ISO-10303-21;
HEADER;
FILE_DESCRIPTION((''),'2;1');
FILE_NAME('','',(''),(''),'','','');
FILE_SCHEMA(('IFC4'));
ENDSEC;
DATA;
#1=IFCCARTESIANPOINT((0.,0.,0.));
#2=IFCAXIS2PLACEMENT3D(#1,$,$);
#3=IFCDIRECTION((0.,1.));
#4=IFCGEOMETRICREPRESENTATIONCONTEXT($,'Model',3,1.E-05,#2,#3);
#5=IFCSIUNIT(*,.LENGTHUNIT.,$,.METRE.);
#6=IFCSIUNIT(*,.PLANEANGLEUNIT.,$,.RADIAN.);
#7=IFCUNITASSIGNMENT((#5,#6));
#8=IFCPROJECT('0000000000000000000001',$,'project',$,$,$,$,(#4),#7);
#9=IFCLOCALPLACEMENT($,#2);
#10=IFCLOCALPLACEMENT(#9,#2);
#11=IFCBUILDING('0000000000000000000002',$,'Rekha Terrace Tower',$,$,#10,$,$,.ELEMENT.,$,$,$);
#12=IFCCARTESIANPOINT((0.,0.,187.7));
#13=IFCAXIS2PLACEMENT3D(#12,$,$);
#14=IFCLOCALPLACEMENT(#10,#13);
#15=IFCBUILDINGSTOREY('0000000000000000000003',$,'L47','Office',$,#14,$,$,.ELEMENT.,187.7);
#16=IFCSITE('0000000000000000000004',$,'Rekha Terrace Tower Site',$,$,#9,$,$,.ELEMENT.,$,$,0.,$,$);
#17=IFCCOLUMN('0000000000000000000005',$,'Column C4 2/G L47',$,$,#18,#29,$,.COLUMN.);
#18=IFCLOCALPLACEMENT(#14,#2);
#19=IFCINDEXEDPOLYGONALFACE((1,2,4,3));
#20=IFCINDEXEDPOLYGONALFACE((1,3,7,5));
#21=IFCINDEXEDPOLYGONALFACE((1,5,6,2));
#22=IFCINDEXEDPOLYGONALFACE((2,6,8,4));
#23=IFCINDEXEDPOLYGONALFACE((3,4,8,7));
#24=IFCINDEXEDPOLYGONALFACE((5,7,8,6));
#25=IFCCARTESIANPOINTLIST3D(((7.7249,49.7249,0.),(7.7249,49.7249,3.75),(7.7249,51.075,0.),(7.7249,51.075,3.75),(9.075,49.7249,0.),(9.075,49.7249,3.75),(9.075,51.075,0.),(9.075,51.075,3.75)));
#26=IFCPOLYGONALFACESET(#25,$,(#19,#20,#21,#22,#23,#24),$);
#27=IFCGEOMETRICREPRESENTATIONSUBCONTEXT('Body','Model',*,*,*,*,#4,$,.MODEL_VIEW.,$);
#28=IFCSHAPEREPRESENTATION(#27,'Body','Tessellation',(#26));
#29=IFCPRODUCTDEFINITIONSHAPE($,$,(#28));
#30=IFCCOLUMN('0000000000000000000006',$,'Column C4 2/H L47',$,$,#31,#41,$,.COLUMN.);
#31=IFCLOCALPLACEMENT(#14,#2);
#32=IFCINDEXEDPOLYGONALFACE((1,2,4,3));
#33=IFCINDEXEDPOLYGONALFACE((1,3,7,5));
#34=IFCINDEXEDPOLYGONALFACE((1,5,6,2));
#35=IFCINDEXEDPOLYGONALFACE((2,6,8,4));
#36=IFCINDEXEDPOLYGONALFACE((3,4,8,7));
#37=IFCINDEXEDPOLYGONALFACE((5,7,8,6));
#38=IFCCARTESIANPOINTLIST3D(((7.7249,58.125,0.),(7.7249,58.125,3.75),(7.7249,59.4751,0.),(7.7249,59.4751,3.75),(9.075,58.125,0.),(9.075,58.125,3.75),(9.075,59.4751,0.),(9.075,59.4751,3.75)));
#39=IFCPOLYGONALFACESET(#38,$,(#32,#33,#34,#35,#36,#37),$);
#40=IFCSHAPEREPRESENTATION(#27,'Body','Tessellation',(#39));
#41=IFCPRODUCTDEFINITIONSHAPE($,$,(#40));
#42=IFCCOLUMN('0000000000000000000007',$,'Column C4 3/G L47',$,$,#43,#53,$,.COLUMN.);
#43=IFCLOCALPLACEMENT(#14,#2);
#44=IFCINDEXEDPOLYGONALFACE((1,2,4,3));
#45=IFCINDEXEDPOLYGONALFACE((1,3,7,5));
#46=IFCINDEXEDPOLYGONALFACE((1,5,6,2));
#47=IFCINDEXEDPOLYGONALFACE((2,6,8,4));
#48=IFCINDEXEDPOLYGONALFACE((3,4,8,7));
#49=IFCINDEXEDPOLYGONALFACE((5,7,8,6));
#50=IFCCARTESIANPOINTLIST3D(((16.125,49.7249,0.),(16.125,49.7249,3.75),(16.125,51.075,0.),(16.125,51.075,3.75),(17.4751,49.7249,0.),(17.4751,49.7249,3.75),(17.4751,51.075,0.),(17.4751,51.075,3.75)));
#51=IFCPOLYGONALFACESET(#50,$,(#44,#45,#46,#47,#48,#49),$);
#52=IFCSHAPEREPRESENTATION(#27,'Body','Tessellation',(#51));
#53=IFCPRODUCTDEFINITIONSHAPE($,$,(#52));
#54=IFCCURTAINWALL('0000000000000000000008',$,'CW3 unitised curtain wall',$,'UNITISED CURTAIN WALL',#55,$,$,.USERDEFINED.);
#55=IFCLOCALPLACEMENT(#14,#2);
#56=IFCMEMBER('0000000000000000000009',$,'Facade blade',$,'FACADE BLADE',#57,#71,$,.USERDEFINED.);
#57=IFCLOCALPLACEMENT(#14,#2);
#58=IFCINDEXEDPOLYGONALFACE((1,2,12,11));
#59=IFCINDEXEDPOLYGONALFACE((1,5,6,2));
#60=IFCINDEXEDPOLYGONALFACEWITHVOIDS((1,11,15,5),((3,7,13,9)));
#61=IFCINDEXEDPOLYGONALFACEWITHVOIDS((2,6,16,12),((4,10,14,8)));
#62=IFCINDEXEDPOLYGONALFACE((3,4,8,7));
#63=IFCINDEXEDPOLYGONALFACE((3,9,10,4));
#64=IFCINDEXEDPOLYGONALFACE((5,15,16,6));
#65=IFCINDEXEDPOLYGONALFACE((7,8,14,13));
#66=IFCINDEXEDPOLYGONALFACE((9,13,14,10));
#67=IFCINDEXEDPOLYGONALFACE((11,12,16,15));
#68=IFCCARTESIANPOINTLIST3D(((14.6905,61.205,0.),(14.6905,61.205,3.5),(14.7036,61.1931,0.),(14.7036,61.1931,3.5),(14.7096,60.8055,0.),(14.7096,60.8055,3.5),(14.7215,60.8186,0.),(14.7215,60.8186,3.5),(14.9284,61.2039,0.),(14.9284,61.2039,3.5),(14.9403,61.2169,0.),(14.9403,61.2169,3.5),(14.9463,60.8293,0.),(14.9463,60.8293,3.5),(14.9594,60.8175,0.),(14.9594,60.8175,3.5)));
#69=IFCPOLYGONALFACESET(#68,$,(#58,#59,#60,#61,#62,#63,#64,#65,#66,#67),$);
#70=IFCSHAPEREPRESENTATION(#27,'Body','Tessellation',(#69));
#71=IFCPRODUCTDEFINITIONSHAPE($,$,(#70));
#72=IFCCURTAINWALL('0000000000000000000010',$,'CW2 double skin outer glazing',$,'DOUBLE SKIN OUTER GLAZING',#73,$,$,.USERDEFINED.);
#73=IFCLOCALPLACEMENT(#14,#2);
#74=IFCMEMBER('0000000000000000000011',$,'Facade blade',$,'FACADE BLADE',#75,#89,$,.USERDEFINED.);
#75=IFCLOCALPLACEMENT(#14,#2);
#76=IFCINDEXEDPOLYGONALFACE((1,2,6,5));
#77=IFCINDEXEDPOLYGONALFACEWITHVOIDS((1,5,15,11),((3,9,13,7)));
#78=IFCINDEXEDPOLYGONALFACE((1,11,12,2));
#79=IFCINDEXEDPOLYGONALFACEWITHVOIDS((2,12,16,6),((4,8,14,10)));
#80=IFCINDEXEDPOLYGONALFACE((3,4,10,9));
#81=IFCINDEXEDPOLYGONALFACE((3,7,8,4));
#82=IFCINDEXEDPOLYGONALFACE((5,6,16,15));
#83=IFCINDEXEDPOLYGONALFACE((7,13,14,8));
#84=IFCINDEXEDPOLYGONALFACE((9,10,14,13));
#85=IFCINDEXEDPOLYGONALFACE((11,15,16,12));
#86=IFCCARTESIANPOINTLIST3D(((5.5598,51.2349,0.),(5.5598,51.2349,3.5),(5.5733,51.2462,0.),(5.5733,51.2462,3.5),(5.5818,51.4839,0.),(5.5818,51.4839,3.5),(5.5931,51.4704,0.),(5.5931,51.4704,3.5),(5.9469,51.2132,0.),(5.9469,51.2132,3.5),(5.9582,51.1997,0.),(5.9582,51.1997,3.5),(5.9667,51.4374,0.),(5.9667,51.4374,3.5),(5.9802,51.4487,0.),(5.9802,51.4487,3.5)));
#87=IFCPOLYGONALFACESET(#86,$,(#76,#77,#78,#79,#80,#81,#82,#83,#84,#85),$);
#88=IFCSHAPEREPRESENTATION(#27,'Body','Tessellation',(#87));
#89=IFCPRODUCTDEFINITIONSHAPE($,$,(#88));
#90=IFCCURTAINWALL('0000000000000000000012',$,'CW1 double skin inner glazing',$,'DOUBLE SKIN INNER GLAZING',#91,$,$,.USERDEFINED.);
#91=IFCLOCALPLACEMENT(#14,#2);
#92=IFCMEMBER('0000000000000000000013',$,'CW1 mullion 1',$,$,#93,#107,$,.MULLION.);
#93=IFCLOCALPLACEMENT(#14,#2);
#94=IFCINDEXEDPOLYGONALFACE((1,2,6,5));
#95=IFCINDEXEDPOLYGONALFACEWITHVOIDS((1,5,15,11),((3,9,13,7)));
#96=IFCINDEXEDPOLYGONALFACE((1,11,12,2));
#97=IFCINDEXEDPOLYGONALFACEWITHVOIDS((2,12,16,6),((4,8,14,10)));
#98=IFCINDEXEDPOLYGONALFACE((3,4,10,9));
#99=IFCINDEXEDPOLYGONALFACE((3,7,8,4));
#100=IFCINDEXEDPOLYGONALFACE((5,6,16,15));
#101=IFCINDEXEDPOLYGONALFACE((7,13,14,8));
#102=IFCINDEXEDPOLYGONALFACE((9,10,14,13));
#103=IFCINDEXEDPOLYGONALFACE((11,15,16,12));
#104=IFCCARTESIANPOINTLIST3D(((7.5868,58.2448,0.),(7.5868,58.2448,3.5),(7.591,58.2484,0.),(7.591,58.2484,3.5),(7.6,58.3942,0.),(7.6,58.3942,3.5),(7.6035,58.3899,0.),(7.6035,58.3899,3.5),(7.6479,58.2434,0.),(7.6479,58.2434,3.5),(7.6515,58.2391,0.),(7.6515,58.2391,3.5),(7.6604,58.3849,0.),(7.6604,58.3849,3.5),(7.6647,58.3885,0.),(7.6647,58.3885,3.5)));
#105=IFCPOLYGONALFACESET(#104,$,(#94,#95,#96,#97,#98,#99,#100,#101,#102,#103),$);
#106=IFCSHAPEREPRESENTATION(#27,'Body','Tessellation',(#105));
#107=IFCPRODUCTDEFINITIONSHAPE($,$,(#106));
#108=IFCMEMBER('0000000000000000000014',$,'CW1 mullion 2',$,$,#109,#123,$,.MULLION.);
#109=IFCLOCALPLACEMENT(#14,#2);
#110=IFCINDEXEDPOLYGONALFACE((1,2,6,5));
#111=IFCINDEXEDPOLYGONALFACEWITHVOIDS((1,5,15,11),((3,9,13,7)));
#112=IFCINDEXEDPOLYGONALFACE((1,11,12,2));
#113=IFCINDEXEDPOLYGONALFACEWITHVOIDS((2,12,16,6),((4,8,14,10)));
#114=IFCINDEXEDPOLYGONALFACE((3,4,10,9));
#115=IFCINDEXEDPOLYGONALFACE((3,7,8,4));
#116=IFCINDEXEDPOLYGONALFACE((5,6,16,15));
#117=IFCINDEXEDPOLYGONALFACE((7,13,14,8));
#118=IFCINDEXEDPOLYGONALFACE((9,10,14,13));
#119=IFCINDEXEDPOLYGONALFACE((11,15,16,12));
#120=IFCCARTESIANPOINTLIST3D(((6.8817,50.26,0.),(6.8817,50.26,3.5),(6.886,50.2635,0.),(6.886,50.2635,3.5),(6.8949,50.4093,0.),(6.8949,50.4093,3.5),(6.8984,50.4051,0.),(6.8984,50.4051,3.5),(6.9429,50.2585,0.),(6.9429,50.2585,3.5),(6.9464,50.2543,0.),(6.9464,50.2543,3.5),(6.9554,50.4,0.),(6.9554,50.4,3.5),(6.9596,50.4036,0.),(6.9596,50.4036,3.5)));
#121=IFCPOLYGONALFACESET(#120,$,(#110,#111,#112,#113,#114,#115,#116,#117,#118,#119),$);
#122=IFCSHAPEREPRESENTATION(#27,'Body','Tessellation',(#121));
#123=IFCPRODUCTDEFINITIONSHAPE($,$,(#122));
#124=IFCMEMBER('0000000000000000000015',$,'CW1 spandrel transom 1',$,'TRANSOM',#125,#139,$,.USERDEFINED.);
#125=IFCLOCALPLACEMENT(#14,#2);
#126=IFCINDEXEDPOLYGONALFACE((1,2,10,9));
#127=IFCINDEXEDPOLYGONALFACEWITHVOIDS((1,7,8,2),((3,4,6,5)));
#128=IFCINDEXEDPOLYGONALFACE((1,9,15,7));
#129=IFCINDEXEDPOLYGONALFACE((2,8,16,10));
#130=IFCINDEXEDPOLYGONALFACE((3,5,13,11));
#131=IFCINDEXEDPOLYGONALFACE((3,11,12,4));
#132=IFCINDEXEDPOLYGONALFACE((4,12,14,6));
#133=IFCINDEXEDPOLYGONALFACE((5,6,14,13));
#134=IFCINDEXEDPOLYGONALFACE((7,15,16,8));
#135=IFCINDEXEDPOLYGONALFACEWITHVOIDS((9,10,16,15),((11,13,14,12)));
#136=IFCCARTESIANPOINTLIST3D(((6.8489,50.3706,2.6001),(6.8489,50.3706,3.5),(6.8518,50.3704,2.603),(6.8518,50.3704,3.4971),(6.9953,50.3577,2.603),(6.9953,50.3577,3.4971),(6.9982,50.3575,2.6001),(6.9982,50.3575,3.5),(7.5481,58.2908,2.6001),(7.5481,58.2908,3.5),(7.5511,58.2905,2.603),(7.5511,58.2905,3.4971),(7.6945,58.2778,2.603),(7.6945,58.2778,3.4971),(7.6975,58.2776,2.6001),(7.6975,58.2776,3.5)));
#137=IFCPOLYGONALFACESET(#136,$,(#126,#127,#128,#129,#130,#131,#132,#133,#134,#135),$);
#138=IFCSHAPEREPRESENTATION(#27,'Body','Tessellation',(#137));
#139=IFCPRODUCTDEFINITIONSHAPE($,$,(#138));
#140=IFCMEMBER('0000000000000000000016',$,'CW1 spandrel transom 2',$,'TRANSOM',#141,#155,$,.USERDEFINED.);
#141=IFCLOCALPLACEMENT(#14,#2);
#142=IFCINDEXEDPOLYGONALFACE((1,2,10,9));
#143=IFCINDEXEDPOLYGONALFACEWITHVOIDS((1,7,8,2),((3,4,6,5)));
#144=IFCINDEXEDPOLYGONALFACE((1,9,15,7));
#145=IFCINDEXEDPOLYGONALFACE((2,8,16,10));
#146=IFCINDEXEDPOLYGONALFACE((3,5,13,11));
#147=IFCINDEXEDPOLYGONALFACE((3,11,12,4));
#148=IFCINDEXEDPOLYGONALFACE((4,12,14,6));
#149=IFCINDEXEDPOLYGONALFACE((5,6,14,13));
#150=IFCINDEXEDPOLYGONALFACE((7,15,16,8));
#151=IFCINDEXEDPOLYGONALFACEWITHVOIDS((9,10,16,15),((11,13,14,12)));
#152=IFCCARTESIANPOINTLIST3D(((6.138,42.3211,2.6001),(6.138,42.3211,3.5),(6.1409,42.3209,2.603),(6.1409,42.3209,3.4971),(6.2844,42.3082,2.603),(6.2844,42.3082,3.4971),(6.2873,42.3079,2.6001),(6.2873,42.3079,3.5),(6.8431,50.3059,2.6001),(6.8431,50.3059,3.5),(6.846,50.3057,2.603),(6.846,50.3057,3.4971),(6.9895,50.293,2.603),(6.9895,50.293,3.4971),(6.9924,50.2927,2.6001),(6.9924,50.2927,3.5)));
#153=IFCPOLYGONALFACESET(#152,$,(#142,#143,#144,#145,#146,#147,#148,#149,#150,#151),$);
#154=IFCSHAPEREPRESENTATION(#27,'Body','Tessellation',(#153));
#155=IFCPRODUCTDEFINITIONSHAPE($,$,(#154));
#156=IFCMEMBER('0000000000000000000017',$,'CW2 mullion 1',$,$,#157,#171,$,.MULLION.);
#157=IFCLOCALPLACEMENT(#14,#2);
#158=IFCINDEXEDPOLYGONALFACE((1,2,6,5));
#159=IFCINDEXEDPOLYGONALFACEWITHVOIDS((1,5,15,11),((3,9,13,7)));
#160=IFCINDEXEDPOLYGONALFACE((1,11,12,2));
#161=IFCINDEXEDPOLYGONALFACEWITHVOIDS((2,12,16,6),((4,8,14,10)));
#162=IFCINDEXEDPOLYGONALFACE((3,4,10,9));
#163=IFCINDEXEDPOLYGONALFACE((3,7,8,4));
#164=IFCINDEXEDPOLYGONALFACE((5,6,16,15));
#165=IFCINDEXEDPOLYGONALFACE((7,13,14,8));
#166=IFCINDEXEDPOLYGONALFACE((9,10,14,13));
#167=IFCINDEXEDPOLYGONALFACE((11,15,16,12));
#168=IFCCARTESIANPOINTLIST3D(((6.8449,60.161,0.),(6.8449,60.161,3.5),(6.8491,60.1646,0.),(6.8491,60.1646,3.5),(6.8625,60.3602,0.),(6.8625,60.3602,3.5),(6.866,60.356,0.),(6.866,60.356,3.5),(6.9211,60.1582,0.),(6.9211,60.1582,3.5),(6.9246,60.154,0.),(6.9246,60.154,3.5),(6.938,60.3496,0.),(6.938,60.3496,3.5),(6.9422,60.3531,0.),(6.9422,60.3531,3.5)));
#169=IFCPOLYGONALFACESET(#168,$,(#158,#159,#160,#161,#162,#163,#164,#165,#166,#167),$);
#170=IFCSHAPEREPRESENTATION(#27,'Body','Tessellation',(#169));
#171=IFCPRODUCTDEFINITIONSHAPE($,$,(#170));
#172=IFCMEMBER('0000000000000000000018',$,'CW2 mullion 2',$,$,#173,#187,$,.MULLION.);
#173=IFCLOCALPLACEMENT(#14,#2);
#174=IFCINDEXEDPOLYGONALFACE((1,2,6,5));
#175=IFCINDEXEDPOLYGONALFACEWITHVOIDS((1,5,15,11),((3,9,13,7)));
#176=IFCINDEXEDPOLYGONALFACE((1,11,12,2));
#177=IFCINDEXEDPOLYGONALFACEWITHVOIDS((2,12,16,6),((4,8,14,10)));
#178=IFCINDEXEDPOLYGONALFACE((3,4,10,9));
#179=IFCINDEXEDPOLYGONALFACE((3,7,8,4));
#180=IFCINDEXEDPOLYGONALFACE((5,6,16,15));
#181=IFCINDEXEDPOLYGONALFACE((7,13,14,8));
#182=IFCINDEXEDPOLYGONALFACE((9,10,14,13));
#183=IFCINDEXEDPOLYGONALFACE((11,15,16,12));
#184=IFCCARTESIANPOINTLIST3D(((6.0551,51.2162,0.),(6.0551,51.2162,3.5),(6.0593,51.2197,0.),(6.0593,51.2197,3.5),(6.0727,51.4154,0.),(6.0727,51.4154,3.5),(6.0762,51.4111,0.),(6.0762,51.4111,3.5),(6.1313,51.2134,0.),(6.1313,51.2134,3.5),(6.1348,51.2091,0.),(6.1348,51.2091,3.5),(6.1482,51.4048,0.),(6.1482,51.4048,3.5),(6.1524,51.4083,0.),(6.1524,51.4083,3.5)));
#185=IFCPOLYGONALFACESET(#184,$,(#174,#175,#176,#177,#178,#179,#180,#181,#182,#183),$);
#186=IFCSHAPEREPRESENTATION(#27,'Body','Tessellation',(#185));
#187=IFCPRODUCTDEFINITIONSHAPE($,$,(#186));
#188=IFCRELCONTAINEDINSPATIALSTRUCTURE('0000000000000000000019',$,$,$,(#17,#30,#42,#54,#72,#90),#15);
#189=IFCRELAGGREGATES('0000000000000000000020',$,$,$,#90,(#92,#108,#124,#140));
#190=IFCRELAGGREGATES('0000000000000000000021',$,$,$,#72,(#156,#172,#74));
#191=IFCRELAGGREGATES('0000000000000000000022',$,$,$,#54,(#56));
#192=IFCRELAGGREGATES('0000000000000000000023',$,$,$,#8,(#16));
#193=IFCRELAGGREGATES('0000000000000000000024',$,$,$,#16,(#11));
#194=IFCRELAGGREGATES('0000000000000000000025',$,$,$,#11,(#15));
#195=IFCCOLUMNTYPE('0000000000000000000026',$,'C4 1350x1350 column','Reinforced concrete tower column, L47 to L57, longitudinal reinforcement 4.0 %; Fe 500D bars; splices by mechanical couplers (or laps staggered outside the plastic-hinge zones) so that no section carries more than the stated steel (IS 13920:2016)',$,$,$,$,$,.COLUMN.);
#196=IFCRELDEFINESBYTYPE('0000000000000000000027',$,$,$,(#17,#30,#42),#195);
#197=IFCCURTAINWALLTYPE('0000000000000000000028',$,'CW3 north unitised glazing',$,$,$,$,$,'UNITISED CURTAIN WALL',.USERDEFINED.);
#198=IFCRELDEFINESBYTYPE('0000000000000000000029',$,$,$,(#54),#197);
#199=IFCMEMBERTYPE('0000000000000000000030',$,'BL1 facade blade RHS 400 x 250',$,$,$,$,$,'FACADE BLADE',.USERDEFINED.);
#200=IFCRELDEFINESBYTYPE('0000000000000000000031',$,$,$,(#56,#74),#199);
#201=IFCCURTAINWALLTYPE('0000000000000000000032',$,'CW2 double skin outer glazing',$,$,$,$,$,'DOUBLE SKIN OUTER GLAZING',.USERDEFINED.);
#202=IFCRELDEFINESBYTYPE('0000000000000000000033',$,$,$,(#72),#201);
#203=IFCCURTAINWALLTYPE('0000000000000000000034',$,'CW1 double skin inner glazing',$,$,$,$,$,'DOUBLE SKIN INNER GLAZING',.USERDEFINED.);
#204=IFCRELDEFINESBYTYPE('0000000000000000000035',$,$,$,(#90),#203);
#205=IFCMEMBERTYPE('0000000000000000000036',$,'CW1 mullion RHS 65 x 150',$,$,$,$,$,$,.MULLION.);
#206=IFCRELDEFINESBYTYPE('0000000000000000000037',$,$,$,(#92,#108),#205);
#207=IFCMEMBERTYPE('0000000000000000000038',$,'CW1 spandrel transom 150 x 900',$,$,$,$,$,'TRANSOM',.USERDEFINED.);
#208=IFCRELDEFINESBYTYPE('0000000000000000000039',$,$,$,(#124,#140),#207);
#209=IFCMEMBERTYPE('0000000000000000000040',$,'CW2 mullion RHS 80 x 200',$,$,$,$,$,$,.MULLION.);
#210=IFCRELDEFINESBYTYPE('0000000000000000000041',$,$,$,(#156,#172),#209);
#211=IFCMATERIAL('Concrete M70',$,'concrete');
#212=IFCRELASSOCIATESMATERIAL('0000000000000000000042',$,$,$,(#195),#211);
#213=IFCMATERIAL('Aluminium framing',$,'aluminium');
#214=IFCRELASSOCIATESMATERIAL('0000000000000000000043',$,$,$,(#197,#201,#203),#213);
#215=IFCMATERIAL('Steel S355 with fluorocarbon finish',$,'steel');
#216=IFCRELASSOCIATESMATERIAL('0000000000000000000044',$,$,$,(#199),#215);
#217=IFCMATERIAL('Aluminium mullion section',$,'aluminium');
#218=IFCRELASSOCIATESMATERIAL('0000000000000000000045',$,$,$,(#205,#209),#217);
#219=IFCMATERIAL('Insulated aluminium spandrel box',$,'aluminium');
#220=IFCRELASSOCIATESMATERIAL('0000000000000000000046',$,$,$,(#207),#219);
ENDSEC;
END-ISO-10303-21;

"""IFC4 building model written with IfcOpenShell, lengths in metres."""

from ifc_helpers import new_model, si_unit, direction, frame, origin, origin_2d, place, context, subcontext, project, spatial, rectangle, hollow_rectangle, extrude, material, material_profile, profile_set, type_object, element, aggregate, save


model = new_model("IFC4")

# Units and contexts
model_context = context("Model", 3, precision=1e-05, world=origin(), true_north=direction((0.0, 1.0)))
body_context = subcontext(model_context, "Body", "Model", "MODEL_VIEW")
ifc_project = project(units=[si_unit("LENGTHUNIT", "METRE"), si_unit("PLANEANGLEUNIT", "RADIAN")], contexts=[model_context])

# Site, building, storey
site_placement = place(None, origin())
site = spatial("IfcSite", under=ifc_project, at=site_placement, Name="Rekha Terrace Tower Site", CompositionType="ELEMENT", RefElevation=0.0)
building_placement = place(site_placement, origin())
building = spatial("IfcBuilding", under=site, at=building_placement, Name="Rekha Terrace Tower", CompositionType="ELEMENT")
storey_placement = place(building_placement, frame((0.0, 0.0, 187.7)))
storey = spatial("IfcBuildingStorey", under=building, at=storey_placement, Name="L47", Description="Office", CompositionType="ELEMENT", Elevation=187.7)

# Columns
ifc_material_1 = material(Name="Concrete M70", Category="concrete")
ifc_material_profile_1 = material_profile(ifc_material_1, rectangle(XDim=1.3501, YDim=1.3501, at=origin_2d()), Name="RC 1350x1350")
ifc_profile_set_1 = profile_set([ifc_material_profile_1], Name="Concrete M70")
column_type = type_object("IfcColumnType", Name="C4 1350x1350 column", Description="Reinforced concrete tower column, L47 to L57, longitudinal reinforcement 4.0 %; Fe 500D bars; splices by mechanical couplers (or laps staggered outside the plastic-hinge zones) so that no section carries more than the stated steel (IS 13920:2016)", PredefinedType="COLUMN", material=ifc_profile_set_1)
for number, where, z_axis, x_axis, name in (
    (1, (8.3999, 50.3999, 0.0), (0.0, 0.0, 1.0), (1.0, 0.0, 0.0), "Column C4 2/G L47"),
    (2, (8.3999, 58.8, 0.0), (0.0, 0.0, 1.0), (1.0, 0.0, 0.0), "Column C4 2/H L47"),
    (3, (16.8, 50.3999, 0.0), (0.0, 0.0, 1.0), (1.0, 0.0, 0.0), "Column C4 3/G L47"),
):
    element("IfcColumn", number, at=place(storey_placement, frame(where, z_axis=z_axis, x_axis=x_axis)), inside=storey, type_object=column_type, Name=name, PredefinedType="COLUMN", context=body_context, shape_type="SweptSolid", body=[
        extrude(rectangle(XDim=1.3501, YDim=1.3501, at=origin_2d()), origin(), (0.0, 0.0, 1.0), 3.75),
    ])

# Curtain walls, members
ifc_material_2 = material(Name="Aluminium framing", Category="aluminium")
curtain_wall_type_1 = type_object("IfcCurtainWallType", Name="CW3 north unitised glazing", ElementType="UNITISED CURTAIN WALL", PredefinedType="USERDEFINED", material=ifc_material_2)
curtain_wall_1_placement = place(storey_placement, origin())
curtain_wall_1 = element("IfcCurtainWall", 4, at=curtain_wall_1_placement, inside=storey, type_object=curtain_wall_type_1, Name="CW3 unitised curtain wall", ObjectType="UNITISED CURTAIN WALL", PredefinedType="USERDEFINED")
ifc_material_3 = material(Name="Steel S355 with fluorocarbon finish", Category="steel")
ifc_material_profile_2 = material_profile(ifc_material_3, hollow_rectangle(XDim=0.25, YDim=0.3999, WallThickness=0.0125, at=origin_2d()), Name="RHS400x250x12.5")
ifc_profile_set_2 = profile_set([ifc_material_profile_2], Name="Steel S355 with fluorocarbon finish")
member_type_1 = type_object("IfcMemberType", Name="BL1 facade blade RHS 400 x 250", ElementType="FACADE BLADE", PredefinedType="USERDEFINED", material=ifc_profile_set_2)
member_1_placement = place(storey_placement, frame((14.825, 61.0112, 0.0), z_axis=(0.0, 0.0, 1.0), x_axis=(-0.998859, -0.047758, 0.0)))
member_1 = element("IfcMember", 5, at=member_1_placement, type_object=member_type_1, Name="Facade blade", ObjectType="FACADE BLADE", PredefinedType="USERDEFINED", context=body_context, shape_type="SweptSolid", body=[
    extrude(hollow_rectangle(XDim=0.25, YDim=0.3999, WallThickness=0.0125, at=origin_2d()), origin(), (0.0, 0.0, 1.0), 3.5),
])
curtain_wall_type_2 = type_object("IfcCurtainWallType", Name="CW2 double skin outer glazing", ElementType="DOUBLE SKIN OUTER GLAZING", PredefinedType="USERDEFINED", material=ifc_material_2)
curtain_wall_2_placement = place(storey_placement, origin())
curtain_wall_2 = element("IfcCurtainWall", 6, at=curtain_wall_2_placement, inside=storey, type_object=curtain_wall_type_2, Name="CW2 double skin outer glazing", ObjectType="DOUBLE SKIN OUTER GLAZING", PredefinedType="USERDEFINED")
member_2_placement = place(storey_placement, frame((5.77, 51.3418, 0.0), z_axis=(0.0, 0.0, 1.0), x_axis=(-0.087957, -0.996124, 0.0)))
member_2 = element("IfcMember", 7, at=member_2_placement, type_object=member_type_1, Name="Facade blade", ObjectType="FACADE BLADE", PredefinedType="USERDEFINED", context=body_context, shape_type="SweptSolid", body=[
    extrude(hollow_rectangle(XDim=0.25, YDim=0.3999, WallThickness=0.0125, at=origin_2d()), origin(), (0.0, 0.0, 1.0), 3.5),
])

# Curtain wall, members
curtain_wall_type_3 = type_object("IfcCurtainWallType", Name="CW1 double skin inner glazing", ElementType="DOUBLE SKIN INNER GLAZING", PredefinedType="USERDEFINED", material=ifc_material_2)
curtain_wall_3_placement = place(storey_placement, origin())
curtain_wall_3 = element("IfcCurtainWall", 8, at=curtain_wall_3_placement, inside=storey, type_object=curtain_wall_type_3, Name="CW1 double skin inner glazing", ObjectType="DOUBLE SKIN INNER GLAZING", PredefinedType="USERDEFINED")
ifc_material_4 = material(Name="Aluminium mullion section", Category="aluminium")
ifc_material_profile_3 = material_profile(ifc_material_4, hollow_rectangle(XDim=0.0649, YDim=0.1499, WallThickness=0.0039, at=origin_2d()), Name="AL RHS 65x150")
ifc_profile_set_3 = profile_set([ifc_material_profile_3], Name="Aluminium mullion section")
member_type_2 = type_object("IfcMemberType", Name="CW1 mullion RHS 65 x 150", PredefinedType="MULLION", material=ifc_profile_set_3)
member_3_placement = place(storey_placement, frame((7.6257, 58.3167, 0.0), z_axis=(0.0, 0.0, 1.0), x_axis=(0.996124, -0.087958, 0.0)))
member_3 = element("IfcMember", 9, at=member_3_placement, type_object=member_type_2, Name="CW1 mullion 1", PredefinedType="MULLION", context=body_context, shape_type="SweptSolid", body=[
    extrude(hollow_rectangle(XDim=0.0649, YDim=0.1499, WallThickness=0.0039, at=origin_2d()), origin(), (0.0, 0.0, 1.0), 3.5),
])
member_4_placement = place(storey_placement, frame((6.9207, 50.3318, 0.0), z_axis=(0.0, 0.0, 1.0), x_axis=(0.996124, -0.087958, 0.0)))
member_4 = element("IfcMember", 10, at=member_4_placement, type_object=member_type_2, Name="CW1 mullion 2", PredefinedType="MULLION", context=body_context, shape_type="SweptSolid", body=[
    extrude(hollow_rectangle(XDim=0.0649, YDim=0.1499, WallThickness=0.0039, at=origin_2d()), origin(), (0.0, 0.0, 1.0), 3.5),
])
ifc_material_5 = material(Name="Insulated aluminium spandrel box", Category="aluminium")
ifc_material_profile_4 = material_profile(ifc_material_5, hollow_rectangle(XDim=0.1499, YDim=0.8999, WallThickness=0.0029, at=origin_2d()), Name="AL SPANDREL BOX 150x900")
ifc_profile_set_4 = profile_set([ifc_material_profile_4], Name="Insulated aluminium spandrel box")
member_type_3 = type_object("IfcMemberType", Name="CW1 spandrel transom 150 x 900", ElementType="TRANSOM", PredefinedType="USERDEFINED", material=ifc_profile_set_4)
member_5_placement = place(storey_placement, frame((7.6228, 58.2842, 3.05), z_axis=(-0.087941, -0.996126, 0.0), x_axis=(0.996126, -0.087941, 0.0)))
member_5 = element("IfcMember", 11, at=member_5_placement, type_object=member_type_3, Name="CW1 spandrel transom 1", ObjectType="TRANSOM", PredefinedType="USERDEFINED", context=body_context, shape_type="SweptSolid", body=[
    extrude(hollow_rectangle(XDim=0.1499, YDim=0.8999, WallThickness=0.0029, at=origin_2d()), origin(), (0.0, 0.0, 1.0), 7.9509),
])
member_6_placement = place(storey_placement, frame((6.9177, 50.2993, 3.05), z_axis=(-0.08796, -0.996124, 0.0), x_axis=(0.996124, -0.08796, 0.0)))
member_6 = element("IfcMember", 12, at=member_6_placement, type_object=member_type_3, Name="CW1 spandrel transom 2", ObjectType="TRANSOM", PredefinedType="USERDEFINED", context=body_context, shape_type="SweptSolid", body=[
    extrude(hollow_rectangle(XDim=0.1499, YDim=0.8999, WallThickness=0.0029, at=origin_2d()), origin(), (0.0, 0.0, 1.0), 8.0159),
])

# Members
ifc_material_profile_5 = material_profile(ifc_material_4, hollow_rectangle(XDim=0.0801, YDim=0.2, WallThickness=0.0039, at=origin_2d()), Name="AL RHS 80x200")
ifc_profile_set_5 = profile_set([ifc_material_profile_5], Name="Aluminium mullion section")
member_type_4 = type_object("IfcMemberType", Name="CW2 mullion RHS 80 x 200", PredefinedType="MULLION", material=ifc_profile_set_5)
member_7_placement = place(storey_placement, frame((6.8936, 60.2571, 0.0), z_axis=(0.0, 0.0, 1.0), x_axis=(0.996124, -0.087958, 0.0)))
member_7 = element("IfcMember", 13, at=member_7_placement, type_object=member_type_4, Name="CW2 mullion 1", PredefinedType="MULLION", context=body_context, shape_type="SweptSolid", body=[
    extrude(hollow_rectangle(XDim=0.0801, YDim=0.2, WallThickness=0.0039, at=origin_2d()), origin(), (0.0, 0.0, 1.0), 3.5),
])
member_8_placement = place(storey_placement, frame((6.1038, 51.3123, 0.0), z_axis=(0.0, 0.0, 1.0), x_axis=(0.996124, -0.087958, 0.0)))
member_8 = element("IfcMember", 14, at=member_8_placement, type_object=member_type_4, Name="CW2 mullion 2", PredefinedType="MULLION", context=body_context, shape_type="SweptSolid", body=[
    extrude(hollow_rectangle(XDim=0.0801, YDim=0.2, WallThickness=0.0039, at=origin_2d()), origin(), (0.0, 0.0, 1.0), 3.5),
])

aggregate(curtain_wall_3, [member_3, member_4, member_5, member_6])
aggregate(curtain_wall_2, [member_7, member_8, member_2])
aggregate(curtain_wall_1, [member_1])

save(model, "model.ifc")
